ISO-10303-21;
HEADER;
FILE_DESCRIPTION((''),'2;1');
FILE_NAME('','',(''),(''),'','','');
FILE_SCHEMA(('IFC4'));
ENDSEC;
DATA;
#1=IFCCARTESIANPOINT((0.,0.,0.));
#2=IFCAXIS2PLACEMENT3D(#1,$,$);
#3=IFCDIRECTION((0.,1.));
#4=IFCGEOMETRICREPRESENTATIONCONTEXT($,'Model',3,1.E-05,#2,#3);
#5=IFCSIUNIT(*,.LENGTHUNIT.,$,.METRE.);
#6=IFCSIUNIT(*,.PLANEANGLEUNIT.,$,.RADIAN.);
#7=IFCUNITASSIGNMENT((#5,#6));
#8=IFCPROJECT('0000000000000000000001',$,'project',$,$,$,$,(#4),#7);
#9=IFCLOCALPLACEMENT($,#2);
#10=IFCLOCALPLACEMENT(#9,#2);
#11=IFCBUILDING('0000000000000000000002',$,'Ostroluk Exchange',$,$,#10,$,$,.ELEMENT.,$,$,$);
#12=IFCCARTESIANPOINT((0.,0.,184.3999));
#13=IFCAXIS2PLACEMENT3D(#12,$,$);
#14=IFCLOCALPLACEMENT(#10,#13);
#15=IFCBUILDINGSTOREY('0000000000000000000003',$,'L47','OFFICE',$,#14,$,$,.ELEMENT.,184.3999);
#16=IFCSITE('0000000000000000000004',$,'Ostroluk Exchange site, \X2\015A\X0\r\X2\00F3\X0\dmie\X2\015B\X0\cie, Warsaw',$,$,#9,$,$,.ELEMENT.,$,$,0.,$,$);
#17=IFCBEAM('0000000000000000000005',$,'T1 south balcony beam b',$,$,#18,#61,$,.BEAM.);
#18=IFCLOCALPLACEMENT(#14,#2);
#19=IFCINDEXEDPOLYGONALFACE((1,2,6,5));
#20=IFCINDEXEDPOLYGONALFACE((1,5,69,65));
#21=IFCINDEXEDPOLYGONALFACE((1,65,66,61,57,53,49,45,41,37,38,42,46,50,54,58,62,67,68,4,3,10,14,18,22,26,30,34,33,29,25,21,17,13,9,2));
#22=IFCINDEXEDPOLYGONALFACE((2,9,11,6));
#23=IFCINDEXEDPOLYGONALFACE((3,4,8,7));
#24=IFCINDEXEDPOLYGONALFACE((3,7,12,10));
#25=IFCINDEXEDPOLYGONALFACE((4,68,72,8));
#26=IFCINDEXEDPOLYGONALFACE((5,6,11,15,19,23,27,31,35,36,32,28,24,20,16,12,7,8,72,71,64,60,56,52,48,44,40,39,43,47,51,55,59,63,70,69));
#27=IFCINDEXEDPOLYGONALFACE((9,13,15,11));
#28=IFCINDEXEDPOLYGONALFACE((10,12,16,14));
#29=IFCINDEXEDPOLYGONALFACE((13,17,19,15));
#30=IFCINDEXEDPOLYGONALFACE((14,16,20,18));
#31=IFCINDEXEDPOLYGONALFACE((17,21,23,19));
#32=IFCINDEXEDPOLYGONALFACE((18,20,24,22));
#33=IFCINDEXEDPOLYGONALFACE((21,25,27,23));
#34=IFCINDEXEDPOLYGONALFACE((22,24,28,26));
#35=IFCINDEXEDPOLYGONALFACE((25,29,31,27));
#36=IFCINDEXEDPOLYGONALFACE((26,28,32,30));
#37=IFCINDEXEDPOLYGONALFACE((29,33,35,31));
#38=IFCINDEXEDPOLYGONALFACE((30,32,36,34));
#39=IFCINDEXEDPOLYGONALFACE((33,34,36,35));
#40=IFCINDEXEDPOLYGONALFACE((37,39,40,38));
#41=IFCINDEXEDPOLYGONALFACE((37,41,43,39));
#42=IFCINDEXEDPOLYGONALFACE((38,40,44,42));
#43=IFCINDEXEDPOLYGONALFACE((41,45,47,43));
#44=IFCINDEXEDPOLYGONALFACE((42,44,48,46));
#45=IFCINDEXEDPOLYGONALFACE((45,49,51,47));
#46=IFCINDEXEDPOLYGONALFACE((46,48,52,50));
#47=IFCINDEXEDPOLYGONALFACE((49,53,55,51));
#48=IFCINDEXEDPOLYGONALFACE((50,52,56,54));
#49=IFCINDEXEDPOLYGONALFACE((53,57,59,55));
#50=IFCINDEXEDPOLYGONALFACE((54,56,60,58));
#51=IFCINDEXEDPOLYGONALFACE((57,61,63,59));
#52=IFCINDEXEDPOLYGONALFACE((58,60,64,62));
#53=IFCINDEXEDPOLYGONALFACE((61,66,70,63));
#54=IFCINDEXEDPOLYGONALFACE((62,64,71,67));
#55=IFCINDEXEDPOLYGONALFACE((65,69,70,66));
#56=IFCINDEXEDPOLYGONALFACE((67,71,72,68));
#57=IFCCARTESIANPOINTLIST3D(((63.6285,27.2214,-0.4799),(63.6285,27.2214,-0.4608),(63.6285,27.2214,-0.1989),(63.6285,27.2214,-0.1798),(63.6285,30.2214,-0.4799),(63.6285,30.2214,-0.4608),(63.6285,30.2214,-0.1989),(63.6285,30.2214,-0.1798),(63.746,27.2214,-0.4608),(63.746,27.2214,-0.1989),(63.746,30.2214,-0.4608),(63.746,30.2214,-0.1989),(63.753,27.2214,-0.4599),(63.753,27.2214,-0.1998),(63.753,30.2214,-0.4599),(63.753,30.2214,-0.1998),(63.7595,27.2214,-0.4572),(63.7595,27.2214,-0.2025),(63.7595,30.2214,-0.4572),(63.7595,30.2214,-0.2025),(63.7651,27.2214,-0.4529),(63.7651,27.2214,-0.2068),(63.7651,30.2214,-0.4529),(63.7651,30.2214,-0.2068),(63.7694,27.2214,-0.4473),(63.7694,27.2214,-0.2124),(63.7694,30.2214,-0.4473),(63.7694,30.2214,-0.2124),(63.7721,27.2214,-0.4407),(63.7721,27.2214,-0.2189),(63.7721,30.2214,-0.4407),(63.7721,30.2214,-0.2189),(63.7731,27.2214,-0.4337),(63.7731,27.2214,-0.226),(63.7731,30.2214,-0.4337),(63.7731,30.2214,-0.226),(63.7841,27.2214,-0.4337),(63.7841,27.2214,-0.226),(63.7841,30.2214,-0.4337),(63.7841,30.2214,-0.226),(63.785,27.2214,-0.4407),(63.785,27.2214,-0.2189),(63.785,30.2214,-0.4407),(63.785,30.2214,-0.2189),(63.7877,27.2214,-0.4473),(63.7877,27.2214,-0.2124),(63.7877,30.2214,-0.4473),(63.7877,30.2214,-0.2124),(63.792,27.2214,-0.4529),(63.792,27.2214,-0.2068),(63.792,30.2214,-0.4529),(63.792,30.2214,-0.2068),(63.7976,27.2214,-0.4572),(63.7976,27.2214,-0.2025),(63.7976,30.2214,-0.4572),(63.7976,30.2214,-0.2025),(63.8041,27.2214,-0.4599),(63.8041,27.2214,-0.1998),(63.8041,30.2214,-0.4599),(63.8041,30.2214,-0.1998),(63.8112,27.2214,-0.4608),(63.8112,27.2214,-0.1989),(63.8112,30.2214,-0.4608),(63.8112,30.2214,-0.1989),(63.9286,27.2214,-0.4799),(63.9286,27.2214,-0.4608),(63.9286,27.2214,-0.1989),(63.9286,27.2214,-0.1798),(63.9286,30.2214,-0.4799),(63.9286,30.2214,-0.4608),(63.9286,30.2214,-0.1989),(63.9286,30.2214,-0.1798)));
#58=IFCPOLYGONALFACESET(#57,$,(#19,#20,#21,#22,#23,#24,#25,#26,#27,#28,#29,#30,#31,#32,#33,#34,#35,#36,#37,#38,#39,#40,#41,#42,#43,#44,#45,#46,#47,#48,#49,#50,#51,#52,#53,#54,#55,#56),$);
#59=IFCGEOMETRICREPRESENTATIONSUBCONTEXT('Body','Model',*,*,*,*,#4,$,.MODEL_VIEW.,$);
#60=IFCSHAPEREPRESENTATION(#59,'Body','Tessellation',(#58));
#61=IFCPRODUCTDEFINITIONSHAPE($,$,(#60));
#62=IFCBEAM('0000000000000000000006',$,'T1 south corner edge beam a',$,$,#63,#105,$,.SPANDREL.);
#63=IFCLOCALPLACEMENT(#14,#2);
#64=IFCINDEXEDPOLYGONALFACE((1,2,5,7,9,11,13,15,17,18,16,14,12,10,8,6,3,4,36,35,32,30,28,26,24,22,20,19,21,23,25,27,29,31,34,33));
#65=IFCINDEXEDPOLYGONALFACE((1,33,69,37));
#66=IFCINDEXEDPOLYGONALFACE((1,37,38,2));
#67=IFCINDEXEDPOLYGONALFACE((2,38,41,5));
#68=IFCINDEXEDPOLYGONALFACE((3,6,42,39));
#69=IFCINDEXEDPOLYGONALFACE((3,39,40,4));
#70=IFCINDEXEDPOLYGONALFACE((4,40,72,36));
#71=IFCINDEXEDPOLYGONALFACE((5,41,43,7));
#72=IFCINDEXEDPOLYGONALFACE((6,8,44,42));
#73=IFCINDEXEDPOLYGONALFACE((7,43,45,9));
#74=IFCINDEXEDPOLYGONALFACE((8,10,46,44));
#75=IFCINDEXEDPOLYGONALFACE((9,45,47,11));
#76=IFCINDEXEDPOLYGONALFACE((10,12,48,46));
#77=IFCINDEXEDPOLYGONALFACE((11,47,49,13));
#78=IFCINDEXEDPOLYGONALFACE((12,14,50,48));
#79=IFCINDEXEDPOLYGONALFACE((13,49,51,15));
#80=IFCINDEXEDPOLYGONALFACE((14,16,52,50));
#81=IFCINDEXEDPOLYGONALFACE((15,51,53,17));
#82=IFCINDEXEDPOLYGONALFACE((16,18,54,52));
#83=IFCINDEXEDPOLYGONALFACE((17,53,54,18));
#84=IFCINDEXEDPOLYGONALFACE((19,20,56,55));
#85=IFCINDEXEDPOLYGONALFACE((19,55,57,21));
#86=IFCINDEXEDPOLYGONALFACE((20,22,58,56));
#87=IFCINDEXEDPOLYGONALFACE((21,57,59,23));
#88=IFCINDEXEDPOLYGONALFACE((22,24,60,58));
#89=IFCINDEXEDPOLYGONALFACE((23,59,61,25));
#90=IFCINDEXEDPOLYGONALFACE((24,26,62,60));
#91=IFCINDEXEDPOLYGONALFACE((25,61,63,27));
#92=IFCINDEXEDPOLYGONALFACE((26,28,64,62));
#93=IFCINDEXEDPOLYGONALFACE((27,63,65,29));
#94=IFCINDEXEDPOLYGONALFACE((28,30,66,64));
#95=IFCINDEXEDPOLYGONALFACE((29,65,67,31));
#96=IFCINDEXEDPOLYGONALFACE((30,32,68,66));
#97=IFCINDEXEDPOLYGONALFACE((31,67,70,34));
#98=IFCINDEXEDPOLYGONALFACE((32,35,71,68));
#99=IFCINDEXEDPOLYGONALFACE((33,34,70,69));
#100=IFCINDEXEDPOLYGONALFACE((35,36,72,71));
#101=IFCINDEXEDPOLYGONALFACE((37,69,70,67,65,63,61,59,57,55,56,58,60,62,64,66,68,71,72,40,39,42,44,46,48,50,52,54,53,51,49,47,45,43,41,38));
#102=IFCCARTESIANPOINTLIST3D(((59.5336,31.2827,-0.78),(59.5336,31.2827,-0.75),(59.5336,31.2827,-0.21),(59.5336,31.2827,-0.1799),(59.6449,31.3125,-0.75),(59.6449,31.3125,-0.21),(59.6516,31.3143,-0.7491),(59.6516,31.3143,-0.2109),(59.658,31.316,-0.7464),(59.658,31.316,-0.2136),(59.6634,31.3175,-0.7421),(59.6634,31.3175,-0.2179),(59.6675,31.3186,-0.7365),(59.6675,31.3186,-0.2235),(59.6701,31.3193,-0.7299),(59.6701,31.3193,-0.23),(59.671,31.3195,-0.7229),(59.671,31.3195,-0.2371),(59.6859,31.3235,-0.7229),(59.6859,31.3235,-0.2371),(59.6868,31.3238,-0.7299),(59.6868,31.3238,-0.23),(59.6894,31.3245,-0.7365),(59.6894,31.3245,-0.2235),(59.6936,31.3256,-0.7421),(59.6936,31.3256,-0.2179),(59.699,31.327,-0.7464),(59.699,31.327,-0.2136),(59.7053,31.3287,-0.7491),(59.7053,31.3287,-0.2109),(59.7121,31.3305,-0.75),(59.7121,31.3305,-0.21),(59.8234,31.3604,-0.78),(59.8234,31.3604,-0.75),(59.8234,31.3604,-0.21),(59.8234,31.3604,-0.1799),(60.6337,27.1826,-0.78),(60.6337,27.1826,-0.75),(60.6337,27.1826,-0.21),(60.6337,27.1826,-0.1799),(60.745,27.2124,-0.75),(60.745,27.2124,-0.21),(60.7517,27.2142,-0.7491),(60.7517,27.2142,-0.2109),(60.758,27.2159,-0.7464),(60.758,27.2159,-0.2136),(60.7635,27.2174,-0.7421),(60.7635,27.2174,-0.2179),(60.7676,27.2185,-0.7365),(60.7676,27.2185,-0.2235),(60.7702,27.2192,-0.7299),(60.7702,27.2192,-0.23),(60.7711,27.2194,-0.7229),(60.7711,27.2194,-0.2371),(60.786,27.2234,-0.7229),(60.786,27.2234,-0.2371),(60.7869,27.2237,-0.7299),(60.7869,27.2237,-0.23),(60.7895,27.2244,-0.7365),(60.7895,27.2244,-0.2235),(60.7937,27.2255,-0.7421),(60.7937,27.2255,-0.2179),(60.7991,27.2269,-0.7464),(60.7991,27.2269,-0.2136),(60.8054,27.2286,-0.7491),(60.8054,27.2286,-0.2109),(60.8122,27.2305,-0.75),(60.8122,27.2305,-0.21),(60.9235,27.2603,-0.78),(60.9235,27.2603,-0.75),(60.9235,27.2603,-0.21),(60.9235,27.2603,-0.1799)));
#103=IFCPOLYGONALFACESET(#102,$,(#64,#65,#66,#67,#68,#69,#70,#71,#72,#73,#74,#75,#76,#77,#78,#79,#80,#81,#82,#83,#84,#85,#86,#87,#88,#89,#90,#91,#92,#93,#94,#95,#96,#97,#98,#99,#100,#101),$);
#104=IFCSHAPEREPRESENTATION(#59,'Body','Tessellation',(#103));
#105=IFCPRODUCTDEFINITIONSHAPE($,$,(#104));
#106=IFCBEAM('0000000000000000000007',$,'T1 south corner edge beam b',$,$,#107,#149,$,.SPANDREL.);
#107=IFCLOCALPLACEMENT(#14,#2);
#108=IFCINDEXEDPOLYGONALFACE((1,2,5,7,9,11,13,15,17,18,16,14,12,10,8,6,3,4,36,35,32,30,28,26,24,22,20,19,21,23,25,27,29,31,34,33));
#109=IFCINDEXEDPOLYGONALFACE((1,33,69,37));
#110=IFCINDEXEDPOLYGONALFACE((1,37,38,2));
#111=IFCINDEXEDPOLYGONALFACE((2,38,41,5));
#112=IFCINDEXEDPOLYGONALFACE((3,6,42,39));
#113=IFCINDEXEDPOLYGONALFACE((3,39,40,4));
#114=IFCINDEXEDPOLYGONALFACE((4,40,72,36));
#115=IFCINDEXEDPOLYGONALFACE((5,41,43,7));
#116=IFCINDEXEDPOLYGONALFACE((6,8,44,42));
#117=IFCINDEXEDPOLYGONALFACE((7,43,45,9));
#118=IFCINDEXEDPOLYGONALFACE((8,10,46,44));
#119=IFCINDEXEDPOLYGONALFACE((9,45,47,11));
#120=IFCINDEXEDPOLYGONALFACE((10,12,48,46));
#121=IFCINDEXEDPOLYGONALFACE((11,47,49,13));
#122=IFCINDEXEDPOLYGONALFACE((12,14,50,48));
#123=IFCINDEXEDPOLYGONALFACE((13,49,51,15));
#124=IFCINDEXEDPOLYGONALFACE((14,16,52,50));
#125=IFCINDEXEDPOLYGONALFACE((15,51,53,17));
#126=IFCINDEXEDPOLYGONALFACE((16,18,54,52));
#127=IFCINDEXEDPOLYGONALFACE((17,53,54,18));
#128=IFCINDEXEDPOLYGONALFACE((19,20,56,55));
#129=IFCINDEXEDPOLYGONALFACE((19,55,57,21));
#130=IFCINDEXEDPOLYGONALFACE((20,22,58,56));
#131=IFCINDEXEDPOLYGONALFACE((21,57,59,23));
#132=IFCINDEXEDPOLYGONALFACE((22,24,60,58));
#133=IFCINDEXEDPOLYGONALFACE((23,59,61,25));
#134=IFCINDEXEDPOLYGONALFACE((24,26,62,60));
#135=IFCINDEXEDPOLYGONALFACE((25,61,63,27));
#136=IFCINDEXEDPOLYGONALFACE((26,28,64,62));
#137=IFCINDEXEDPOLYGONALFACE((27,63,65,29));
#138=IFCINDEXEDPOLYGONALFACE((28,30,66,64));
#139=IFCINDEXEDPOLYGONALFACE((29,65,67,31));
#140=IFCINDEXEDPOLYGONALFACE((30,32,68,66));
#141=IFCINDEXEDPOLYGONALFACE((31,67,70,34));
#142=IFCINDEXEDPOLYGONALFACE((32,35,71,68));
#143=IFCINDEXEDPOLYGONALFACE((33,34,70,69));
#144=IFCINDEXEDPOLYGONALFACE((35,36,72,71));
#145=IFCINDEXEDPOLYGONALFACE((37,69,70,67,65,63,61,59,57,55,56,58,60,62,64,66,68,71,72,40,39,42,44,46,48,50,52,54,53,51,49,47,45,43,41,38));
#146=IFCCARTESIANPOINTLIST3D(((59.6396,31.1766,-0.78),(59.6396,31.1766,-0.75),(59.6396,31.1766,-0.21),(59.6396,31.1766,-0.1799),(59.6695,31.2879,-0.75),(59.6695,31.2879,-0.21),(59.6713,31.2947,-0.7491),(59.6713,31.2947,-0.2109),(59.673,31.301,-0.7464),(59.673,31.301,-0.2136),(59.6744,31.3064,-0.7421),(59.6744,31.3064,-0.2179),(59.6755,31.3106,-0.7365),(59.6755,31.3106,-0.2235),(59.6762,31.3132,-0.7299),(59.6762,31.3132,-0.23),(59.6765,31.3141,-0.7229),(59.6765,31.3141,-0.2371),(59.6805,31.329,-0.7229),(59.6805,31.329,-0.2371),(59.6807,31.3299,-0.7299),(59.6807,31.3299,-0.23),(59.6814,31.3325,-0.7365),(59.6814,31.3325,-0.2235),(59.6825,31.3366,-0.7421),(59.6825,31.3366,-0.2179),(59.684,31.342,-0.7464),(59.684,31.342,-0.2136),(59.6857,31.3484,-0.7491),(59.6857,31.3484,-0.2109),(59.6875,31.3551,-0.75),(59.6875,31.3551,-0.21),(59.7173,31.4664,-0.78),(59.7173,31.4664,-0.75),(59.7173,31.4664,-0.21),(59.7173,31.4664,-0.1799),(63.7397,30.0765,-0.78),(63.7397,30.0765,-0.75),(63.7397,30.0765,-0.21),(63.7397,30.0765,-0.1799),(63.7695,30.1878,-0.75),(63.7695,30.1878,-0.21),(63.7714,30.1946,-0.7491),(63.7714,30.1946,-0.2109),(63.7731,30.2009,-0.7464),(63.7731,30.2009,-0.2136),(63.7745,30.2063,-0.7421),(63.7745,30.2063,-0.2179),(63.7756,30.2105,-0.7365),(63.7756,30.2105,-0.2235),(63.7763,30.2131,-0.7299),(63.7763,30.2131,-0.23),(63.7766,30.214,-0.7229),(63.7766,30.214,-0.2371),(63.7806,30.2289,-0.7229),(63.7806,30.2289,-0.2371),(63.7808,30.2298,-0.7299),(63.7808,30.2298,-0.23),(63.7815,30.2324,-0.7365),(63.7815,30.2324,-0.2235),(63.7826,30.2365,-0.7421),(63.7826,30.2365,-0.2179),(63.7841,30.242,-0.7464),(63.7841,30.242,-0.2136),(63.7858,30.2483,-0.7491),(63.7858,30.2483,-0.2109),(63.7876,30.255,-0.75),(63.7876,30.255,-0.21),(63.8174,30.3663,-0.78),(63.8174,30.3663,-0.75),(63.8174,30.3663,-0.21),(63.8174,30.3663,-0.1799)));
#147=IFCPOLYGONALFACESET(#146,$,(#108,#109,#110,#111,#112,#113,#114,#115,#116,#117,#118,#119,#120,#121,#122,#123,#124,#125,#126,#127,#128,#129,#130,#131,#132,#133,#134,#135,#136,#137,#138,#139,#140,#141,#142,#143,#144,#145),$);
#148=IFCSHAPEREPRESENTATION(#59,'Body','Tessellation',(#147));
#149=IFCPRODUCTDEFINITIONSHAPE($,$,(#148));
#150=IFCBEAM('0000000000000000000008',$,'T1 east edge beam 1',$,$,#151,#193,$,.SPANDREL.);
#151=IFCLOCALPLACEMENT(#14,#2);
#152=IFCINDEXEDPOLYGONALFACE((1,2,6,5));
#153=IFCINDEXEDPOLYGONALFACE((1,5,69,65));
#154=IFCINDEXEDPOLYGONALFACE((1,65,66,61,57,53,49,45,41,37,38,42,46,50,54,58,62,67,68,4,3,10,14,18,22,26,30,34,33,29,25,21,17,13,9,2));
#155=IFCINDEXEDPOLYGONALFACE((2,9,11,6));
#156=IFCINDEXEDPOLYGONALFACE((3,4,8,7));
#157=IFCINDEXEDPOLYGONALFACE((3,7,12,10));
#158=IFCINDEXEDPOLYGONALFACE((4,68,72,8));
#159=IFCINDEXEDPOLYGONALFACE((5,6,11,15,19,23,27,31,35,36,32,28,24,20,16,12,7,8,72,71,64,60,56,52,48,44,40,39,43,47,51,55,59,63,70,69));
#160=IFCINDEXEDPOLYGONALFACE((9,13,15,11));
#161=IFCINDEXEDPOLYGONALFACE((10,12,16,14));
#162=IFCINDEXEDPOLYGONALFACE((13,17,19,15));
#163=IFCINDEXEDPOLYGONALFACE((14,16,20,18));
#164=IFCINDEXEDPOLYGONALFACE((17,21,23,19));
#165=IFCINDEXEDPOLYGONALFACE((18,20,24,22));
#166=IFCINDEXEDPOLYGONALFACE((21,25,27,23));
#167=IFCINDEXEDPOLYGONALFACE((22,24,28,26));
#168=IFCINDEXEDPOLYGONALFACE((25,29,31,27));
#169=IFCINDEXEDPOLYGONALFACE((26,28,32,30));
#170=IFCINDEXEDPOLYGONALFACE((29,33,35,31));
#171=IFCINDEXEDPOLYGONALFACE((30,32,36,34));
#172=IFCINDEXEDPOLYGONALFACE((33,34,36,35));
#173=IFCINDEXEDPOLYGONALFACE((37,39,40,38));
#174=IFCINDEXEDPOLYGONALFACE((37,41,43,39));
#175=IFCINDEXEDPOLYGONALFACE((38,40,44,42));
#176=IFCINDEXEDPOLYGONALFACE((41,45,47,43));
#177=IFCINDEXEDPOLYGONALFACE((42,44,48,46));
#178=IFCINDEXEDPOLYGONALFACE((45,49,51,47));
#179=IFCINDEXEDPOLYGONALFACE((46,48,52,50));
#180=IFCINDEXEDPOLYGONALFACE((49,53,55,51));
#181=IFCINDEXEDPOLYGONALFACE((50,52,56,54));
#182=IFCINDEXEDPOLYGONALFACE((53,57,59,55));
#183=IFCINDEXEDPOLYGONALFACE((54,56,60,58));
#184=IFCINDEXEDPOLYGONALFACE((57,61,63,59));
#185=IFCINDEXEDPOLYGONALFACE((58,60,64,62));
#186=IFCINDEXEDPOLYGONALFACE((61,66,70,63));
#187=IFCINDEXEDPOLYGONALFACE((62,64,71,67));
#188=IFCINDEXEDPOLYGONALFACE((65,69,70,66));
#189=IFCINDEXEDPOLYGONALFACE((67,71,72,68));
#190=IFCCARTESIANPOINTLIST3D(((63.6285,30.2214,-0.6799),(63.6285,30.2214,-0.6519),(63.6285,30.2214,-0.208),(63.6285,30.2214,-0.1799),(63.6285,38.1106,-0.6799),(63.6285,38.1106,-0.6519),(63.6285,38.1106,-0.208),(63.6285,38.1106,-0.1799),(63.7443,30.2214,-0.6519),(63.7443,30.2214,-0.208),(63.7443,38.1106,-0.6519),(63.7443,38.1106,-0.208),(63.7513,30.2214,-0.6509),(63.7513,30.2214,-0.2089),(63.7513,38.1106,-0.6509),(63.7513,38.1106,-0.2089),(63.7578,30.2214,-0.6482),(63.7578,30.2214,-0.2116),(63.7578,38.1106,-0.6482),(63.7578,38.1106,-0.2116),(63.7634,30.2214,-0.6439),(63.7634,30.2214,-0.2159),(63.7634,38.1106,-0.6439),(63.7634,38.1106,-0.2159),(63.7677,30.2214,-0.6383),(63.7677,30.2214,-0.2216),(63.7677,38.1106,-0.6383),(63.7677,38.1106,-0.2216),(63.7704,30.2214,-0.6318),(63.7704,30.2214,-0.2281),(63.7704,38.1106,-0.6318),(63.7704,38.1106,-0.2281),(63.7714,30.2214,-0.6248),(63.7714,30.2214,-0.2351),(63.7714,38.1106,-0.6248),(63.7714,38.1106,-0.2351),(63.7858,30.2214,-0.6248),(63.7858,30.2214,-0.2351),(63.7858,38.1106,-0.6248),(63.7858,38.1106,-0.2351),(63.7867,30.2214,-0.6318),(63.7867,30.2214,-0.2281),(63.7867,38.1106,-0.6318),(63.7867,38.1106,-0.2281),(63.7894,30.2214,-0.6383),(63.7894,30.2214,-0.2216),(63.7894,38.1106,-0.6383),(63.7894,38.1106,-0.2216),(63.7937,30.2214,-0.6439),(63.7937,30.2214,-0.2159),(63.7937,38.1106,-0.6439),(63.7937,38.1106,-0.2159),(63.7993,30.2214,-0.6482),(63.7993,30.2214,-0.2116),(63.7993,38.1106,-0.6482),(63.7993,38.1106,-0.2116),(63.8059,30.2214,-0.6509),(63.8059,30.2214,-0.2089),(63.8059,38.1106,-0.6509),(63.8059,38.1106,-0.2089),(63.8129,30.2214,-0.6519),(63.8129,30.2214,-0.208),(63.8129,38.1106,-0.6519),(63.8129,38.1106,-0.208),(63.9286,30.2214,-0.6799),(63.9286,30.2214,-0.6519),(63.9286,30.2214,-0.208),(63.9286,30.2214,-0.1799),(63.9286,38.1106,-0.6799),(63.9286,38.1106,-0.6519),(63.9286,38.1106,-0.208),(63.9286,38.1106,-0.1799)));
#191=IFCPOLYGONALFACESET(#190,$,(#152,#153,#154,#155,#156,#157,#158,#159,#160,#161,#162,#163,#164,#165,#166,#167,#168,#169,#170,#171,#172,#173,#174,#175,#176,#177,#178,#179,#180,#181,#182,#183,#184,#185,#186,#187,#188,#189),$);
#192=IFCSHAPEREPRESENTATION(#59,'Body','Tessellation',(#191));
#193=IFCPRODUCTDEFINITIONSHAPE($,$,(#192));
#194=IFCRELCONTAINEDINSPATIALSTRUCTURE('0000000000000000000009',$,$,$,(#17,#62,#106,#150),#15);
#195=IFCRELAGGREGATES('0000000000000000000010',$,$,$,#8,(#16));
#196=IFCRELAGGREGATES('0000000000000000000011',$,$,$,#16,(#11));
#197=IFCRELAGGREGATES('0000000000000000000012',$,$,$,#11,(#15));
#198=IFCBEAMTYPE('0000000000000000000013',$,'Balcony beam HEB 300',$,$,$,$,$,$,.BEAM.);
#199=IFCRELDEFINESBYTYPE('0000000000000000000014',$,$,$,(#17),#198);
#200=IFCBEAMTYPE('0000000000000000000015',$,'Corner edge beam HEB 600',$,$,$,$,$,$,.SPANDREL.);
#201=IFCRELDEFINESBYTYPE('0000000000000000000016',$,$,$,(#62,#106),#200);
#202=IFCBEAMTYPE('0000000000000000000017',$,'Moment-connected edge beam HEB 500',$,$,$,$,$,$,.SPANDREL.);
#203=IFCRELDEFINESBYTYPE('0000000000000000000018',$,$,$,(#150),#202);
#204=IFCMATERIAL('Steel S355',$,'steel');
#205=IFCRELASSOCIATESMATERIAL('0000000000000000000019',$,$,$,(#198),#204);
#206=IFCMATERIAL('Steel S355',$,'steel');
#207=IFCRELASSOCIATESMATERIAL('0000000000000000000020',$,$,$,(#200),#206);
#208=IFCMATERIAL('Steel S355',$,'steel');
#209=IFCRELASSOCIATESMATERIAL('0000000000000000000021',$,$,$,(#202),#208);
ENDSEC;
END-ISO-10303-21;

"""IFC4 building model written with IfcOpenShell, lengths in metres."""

from ifc_helpers import new_model, si_unit, direction, frame, origin, origin_2d, place, context, subcontext, project, spatial, i_section, extrude, material, material_profile, profile_set, type_object, element, save


model = new_model("IFC4")

# Units and contexts
model_context = context("Model", 3, precision=1e-05, world=origin(), true_north=direction((0.0, 1.0)))
body_context = subcontext(model_context, "Body", "Model", "MODEL_VIEW")
ifc_project = project(units=[si_unit("LENGTHUNIT", "METRE"), si_unit("PLANEANGLEUNIT", "RADIAN")], contexts=[model_context])

# Site, building, storey
site_placement = place(None, origin())
site = spatial("IfcSite", under=ifc_project, at=site_placement, Name="Ostroluk Exchange site, Śródmieście, Warsaw", CompositionType="ELEMENT", RefElevation=0.0)
building_placement = place(site_placement, origin())
building = spatial("IfcBuilding", under=site, at=building_placement, Name="Ostroluk Exchange", CompositionType="ELEMENT")
storey_placement = place(building_placement, frame((0.0, 0.0, 184.3999)))
storey = spatial("IfcBuildingStorey", under=building, at=storey_placement, Name="L47", Description="OFFICE", CompositionType="ELEMENT", Elevation=184.3999)

# Beams
ifc_material_1 = material(Name="Steel S355", Category="steel")
ifc_material_profile_1 = material_profile(ifc_material_1, i_section(OverallWidth=0.3, OverallDepth=0.3, WebThickness=0.011, FlangeThickness=0.019, FilletRadius=0.0271, at=origin_2d()), Name="HEB 300")
ifc_profile_set_1 = profile_set([ifc_material_profile_1], Name="Steel S355")
beam_type_1 = type_object("IfcBeamType", Name="Balcony beam HEB 300", PredefinedType="BEAM", material=ifc_profile_set_1)
for number, where, z_axis, x_axis, name in (
    (1, (63.7786, 30.2214, -0.3298), (0.0, -1.0, 0.0), (1.0, 0.0, 0.0), "T1 south balcony beam b"),
):
    element("IfcBeam", number, at=place(storey_placement, frame(where, z_axis=z_axis, x_axis=x_axis)), inside=storey, type_object=beam_type_1, Name=name, PredefinedType="BEAM", context=body_context, shape_type="SweptSolid", body=[
        extrude(i_section(OverallWidth=0.3, OverallDepth=0.3, WebThickness=0.011, FlangeThickness=0.019, FilletRadius=0.0271, at=origin_2d()), origin(), (0.0, 0.0, 1.0), 3.0),
    ])
ifc_material_2 = material(Name="Steel S355", Category="steel")
ifc_material_profile_2 = material_profile(ifc_material_2, i_section(OverallWidth=0.3, OverallDepth=0.6001, WebThickness=0.0154, FlangeThickness=0.03, FilletRadius=0.0271, at=origin_2d()), Name="HEB 600")
ifc_profile_set_2 = profile_set([ifc_material_profile_2], Name="Steel S355")
beam_type_2 = type_object("IfcBeamType", Name="Corner edge beam HEB 600", PredefinedType="SPANDREL", material=ifc_profile_set_2)
for number, where, z_axis, x_axis, name in (
    (2, (59.6785, 31.3215, -0.48), (0.259144, -0.965839, 0.0), (0.965839, 0.259144, 0.0), "T1 south corner edge beam a"),
    (3, (59.6785, 31.3215, -0.48), (0.965839, -0.259144, 0.0), (0.259144, 0.965839, 0.0), "T1 south corner edge beam b"),
):
    element("IfcBeam", number, at=place(storey_placement, frame(where, z_axis=z_axis, x_axis=x_axis)), inside=storey, type_object=beam_type_2, Name=name, PredefinedType="SPANDREL", context=body_context, shape_type="SweptSolid", body=[
        extrude(i_section(OverallWidth=0.3, OverallDepth=0.6001, WebThickness=0.0154, FlangeThickness=0.03, FilletRadius=0.0271, at=origin_2d()), origin(), (0.0, 0.0, 1.0), 4.2451),
    ])
ifc_material_3 = material(Name="Steel S355", Category="steel")
ifc_material_profile_3 = material_profile(ifc_material_3, i_section(OverallWidth=0.3, OverallDepth=0.5, WebThickness=0.0144, FlangeThickness=0.0281, FilletRadius=0.0271, at=origin_2d()), Name="HEB 500")
ifc_profile_set_3 = profile_set([ifc_material_profile_3], Name="Steel S355")
beam_type_3 = type_object("IfcBeamType", Name="Moment-connected edge beam HEB 500", PredefinedType="SPANDREL", material=ifc_profile_set_3)
beam_placement = place(storey_placement, frame((63.7786, 30.2214, -0.4299), z_axis=(0.0, 1.0, 0.0), x_axis=(-1.0, 0.0, 0.0)))
element("IfcBeam", 4, at=beam_placement, inside=storey, type_object=beam_type_3, Name="T1 east edge beam 1", PredefinedType="SPANDREL", context=body_context, shape_type="SweptSolid", body=[
    extrude(i_section(OverallWidth=0.3, OverallDepth=0.5, WebThickness=0.0144, FlangeThickness=0.0281, FilletRadius=0.0271, at=origin_2d()), origin(), (0.0, 0.0, 1.0), 7.8892),
])

save(model, "model.ifc")
